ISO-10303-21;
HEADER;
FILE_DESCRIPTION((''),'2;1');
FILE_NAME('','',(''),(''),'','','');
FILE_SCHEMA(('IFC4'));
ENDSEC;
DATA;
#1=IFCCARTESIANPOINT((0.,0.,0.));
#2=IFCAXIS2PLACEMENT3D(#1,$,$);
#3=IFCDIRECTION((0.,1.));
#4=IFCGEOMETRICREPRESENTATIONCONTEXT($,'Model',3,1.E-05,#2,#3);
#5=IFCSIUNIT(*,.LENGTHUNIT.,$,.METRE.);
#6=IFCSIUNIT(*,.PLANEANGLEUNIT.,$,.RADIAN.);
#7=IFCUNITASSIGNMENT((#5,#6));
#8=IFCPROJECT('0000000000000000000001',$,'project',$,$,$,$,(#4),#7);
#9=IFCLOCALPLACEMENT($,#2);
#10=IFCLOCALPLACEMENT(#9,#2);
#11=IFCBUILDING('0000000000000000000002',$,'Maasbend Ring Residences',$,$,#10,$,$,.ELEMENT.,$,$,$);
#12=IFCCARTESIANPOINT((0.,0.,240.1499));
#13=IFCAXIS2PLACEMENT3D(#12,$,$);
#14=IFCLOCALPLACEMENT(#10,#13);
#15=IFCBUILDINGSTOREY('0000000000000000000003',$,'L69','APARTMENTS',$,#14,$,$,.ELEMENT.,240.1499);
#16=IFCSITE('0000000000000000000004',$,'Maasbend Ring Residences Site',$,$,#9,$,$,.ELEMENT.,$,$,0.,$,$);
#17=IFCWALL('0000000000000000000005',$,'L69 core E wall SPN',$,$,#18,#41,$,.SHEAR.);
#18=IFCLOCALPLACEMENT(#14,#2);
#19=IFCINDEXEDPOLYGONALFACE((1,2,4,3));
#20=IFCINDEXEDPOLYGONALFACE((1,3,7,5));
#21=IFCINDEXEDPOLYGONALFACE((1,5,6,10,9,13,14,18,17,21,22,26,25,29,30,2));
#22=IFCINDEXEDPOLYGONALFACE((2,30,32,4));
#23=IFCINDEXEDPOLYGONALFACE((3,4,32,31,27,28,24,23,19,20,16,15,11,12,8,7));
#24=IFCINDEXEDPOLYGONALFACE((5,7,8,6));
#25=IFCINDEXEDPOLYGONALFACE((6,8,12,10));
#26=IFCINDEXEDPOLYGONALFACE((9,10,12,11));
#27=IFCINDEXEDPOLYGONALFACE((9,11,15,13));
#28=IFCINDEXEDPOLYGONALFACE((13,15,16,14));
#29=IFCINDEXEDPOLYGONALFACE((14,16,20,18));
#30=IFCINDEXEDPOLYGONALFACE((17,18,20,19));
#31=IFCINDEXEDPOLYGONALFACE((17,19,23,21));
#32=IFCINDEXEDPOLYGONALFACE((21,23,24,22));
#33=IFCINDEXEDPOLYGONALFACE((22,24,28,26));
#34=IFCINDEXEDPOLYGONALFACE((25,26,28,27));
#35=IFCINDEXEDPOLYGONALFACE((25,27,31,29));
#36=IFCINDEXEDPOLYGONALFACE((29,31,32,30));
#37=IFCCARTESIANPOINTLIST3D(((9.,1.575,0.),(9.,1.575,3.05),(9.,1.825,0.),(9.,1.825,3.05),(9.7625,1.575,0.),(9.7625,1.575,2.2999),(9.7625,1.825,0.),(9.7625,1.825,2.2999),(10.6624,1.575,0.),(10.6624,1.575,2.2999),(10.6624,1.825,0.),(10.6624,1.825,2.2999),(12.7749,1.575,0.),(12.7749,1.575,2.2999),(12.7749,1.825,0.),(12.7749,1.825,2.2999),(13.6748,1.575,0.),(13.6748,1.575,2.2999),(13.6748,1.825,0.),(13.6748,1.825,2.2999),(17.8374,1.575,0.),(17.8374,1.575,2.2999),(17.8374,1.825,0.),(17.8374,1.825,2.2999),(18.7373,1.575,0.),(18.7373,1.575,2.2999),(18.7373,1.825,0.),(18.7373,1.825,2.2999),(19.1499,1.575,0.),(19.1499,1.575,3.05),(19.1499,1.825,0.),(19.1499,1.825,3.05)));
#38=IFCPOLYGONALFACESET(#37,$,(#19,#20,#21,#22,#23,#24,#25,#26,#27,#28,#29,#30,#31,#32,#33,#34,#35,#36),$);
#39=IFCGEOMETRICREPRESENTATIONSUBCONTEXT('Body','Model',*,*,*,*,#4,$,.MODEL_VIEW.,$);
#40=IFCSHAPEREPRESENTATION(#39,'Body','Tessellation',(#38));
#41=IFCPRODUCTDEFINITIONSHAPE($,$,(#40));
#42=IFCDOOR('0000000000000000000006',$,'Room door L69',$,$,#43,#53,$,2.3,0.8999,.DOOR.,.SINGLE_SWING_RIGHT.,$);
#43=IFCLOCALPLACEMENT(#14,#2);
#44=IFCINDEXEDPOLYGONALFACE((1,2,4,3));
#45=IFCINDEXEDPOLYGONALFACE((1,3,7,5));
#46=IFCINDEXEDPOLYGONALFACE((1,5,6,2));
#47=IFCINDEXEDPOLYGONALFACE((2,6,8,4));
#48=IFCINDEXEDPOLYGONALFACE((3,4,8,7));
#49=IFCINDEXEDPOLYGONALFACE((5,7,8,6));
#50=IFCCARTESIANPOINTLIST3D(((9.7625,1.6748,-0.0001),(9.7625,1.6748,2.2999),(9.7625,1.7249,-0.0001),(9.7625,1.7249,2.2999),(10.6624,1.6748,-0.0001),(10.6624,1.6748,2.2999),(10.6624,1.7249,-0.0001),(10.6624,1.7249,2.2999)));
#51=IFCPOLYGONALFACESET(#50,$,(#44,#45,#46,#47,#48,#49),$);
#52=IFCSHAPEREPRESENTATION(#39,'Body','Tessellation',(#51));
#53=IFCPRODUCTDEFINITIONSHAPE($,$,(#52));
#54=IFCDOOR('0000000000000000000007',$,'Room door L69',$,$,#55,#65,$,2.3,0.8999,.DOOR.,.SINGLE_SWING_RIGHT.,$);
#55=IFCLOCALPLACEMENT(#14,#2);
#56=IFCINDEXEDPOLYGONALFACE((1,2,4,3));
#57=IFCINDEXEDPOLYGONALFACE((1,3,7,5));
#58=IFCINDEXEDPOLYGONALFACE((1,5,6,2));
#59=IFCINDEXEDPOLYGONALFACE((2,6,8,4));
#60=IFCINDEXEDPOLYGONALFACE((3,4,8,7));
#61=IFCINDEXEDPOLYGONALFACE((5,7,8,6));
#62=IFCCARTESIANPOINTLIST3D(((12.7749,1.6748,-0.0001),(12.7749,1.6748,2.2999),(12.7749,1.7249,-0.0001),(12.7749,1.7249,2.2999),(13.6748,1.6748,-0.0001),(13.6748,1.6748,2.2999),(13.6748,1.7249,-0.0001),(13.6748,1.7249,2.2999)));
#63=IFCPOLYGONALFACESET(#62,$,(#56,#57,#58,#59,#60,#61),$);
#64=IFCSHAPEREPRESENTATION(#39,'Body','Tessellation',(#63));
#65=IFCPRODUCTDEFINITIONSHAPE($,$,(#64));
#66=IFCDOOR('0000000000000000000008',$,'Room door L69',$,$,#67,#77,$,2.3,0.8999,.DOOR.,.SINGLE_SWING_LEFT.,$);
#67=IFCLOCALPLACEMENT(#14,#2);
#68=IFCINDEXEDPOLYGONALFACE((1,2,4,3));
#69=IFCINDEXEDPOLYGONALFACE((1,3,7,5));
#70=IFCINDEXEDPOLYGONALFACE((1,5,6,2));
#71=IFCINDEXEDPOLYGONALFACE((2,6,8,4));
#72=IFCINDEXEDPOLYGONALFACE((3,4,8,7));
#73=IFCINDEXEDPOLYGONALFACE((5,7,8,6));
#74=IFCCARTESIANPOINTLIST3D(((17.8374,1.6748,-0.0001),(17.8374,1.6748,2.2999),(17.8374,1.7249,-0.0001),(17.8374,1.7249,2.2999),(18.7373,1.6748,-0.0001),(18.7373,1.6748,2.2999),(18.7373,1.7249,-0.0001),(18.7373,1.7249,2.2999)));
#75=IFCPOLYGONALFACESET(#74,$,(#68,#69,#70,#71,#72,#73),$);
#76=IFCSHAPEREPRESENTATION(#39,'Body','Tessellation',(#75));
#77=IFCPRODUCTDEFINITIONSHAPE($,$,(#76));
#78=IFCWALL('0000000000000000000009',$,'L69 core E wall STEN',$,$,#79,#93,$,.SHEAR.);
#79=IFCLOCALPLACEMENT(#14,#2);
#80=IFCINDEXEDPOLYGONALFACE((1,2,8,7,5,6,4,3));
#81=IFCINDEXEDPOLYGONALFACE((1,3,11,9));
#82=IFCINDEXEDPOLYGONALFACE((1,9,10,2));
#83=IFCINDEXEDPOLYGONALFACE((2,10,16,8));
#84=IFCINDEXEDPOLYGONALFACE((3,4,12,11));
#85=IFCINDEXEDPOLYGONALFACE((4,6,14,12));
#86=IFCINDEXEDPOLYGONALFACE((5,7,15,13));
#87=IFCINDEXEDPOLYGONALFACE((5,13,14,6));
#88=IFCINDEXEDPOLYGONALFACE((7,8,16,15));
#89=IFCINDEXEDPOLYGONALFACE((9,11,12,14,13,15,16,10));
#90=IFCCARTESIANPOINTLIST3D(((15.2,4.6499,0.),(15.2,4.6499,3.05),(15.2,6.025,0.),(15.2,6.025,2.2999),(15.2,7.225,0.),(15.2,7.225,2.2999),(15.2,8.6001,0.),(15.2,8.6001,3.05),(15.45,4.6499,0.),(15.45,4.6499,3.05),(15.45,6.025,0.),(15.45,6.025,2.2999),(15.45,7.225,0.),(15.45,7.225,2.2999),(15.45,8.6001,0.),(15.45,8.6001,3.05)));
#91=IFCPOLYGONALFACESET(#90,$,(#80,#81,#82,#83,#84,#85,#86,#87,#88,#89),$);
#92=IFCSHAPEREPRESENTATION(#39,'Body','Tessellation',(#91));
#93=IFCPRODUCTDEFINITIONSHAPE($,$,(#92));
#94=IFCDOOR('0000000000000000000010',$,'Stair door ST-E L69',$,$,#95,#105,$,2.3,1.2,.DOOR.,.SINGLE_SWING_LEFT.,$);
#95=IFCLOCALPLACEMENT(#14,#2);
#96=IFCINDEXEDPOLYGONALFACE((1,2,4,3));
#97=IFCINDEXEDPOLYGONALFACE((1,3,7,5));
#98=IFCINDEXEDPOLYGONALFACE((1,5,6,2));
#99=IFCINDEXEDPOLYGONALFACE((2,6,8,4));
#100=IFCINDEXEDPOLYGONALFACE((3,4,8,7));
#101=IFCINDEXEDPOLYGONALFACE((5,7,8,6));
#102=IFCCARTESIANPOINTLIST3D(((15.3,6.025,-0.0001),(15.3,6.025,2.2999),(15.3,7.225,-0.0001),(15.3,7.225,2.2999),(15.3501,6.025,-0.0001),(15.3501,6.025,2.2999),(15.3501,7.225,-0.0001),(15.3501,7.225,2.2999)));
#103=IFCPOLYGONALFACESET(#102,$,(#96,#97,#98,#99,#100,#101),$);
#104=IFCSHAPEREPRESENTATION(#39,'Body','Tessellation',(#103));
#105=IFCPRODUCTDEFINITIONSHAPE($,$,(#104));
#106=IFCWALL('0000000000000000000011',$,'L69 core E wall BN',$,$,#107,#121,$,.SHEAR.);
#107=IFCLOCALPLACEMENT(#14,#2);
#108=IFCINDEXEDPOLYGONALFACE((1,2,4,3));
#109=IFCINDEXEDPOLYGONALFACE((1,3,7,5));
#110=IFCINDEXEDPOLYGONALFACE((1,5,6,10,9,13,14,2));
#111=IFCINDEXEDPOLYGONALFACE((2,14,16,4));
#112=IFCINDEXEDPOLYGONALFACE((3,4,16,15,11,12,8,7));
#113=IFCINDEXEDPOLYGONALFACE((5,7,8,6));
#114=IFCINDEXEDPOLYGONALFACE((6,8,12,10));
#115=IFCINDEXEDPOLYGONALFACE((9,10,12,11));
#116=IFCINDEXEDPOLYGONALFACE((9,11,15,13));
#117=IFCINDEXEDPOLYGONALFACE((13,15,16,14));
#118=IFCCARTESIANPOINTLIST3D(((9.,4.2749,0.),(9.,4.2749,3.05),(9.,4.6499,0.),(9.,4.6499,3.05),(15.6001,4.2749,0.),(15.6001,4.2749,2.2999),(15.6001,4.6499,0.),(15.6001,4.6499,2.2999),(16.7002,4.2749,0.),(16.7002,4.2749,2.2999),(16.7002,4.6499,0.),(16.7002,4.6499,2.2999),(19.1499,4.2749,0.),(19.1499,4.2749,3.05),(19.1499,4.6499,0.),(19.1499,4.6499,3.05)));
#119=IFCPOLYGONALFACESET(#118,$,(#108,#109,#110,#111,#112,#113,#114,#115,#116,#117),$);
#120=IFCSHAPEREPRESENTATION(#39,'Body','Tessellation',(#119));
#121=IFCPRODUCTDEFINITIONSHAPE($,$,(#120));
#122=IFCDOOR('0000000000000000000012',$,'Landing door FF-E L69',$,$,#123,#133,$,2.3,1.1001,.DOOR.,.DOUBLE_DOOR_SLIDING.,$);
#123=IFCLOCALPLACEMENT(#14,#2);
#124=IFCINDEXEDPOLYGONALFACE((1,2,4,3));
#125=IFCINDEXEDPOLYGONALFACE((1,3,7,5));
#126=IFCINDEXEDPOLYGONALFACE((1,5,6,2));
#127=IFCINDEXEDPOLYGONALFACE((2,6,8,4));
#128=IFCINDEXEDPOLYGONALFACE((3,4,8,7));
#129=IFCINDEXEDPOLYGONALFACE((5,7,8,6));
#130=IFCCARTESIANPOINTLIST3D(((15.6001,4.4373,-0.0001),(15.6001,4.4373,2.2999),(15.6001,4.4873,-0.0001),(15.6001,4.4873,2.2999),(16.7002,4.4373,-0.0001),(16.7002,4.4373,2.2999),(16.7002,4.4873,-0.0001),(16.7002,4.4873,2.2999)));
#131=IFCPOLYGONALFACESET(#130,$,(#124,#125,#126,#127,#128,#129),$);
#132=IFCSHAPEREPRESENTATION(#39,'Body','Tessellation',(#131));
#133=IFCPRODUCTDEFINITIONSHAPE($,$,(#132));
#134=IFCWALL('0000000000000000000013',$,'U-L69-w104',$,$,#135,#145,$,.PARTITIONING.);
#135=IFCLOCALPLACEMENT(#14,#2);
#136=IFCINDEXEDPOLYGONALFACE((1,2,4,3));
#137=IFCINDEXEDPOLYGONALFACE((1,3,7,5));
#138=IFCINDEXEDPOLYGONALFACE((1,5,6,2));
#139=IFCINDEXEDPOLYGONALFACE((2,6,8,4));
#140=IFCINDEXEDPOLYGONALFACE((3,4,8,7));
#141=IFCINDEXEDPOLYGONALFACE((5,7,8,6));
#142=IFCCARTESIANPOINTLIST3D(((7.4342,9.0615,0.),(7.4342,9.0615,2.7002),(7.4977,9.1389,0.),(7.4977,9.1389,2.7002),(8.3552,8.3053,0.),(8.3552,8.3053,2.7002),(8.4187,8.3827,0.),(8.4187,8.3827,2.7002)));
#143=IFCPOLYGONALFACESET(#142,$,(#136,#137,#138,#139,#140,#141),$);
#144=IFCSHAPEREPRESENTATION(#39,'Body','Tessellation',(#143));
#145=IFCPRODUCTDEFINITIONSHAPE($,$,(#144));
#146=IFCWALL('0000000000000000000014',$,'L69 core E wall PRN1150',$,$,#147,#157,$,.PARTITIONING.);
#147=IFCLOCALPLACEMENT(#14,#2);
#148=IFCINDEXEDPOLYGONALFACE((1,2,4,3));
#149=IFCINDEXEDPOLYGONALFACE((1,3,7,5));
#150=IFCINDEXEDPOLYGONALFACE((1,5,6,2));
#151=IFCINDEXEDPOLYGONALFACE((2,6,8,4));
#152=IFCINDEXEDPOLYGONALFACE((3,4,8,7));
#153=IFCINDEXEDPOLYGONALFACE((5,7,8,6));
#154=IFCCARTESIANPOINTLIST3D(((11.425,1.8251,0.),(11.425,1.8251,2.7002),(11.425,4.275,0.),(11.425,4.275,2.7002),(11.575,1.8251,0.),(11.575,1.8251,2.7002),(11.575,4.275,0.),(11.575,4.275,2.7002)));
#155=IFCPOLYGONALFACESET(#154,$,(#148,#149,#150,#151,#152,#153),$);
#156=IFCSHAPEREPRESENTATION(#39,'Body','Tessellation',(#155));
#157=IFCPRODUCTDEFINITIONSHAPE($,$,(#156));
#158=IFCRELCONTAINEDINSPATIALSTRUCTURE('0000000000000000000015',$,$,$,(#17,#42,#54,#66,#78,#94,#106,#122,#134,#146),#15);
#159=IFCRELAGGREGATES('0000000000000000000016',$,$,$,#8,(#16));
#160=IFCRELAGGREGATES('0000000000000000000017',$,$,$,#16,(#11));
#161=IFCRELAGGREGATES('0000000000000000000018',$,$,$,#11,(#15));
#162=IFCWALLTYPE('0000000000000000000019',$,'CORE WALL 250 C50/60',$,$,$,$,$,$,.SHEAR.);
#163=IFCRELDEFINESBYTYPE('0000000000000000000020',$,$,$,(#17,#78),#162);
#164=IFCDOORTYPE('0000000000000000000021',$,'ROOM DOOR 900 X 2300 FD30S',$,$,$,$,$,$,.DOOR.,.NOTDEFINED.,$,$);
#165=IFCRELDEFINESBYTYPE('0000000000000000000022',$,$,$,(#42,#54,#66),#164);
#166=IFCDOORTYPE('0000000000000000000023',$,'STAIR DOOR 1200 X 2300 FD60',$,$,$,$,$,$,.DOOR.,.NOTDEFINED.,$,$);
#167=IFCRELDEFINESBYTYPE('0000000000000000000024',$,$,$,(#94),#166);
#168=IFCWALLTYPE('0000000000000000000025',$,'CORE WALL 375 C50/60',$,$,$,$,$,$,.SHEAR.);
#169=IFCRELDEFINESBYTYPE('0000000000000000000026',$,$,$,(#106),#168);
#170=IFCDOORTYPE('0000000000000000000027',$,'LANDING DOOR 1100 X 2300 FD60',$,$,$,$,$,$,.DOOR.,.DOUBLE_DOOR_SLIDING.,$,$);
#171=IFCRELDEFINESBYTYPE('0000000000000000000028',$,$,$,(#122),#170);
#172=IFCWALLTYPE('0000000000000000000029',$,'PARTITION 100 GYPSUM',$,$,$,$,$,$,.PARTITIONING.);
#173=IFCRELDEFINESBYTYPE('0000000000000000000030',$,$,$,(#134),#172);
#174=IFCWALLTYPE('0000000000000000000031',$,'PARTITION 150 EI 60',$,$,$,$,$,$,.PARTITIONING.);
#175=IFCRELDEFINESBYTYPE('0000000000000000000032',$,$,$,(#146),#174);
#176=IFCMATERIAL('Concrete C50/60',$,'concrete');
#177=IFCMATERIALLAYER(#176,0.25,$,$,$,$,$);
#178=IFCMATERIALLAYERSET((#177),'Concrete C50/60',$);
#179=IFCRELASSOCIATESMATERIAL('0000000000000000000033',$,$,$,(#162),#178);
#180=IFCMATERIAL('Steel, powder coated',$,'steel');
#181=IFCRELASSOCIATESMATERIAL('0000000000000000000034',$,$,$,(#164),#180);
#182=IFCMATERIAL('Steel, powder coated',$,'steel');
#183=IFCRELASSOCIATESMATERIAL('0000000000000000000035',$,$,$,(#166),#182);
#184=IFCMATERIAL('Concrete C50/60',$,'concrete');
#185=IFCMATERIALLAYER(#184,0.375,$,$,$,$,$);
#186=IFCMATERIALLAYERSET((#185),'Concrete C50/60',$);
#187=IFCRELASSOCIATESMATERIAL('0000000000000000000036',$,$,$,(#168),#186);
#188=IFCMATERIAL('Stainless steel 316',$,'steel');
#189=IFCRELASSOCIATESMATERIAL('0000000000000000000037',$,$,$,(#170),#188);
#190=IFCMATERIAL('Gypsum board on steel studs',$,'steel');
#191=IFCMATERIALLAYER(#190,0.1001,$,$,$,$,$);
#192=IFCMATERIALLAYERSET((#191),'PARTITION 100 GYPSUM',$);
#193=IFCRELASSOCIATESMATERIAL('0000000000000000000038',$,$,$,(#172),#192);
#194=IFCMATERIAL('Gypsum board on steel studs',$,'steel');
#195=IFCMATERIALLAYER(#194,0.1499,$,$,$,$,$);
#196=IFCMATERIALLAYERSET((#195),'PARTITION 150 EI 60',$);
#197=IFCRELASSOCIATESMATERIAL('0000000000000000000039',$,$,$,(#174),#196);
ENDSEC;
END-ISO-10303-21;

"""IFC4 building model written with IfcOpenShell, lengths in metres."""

from ifc_helpers import new_model, si_unit, direction, frame, frame_2d, origin, place, context, subcontext, project, spatial, rectangle, extrude, material, layer, layer_set, type_object, element, fill, save


model = new_model("IFC4")

# Units and contexts
model_context = context("Model", 3, precision=1e-05, world=origin(), true_north=direction((0.0, 1.0)))
body_context = subcontext(model_context, "Body", "Model", "MODEL_VIEW")
ifc_project = project(units=[si_unit("LENGTHUNIT", "METRE"), si_unit("PLANEANGLEUNIT", "RADIAN")], contexts=[model_context])

# Site, building, storey
site_placement = place(None, origin())
site = spatial("IfcSite", under=ifc_project, at=site_placement, Name="Maasbend Ring Residences Site", CompositionType="ELEMENT", RefElevation=0.0)
building_placement = place(site_placement, origin())
building = spatial("IfcBuilding", under=site, at=building_placement, Name="Maasbend Ring Residences", CompositionType="ELEMENT")
storey_placement = place(building_placement, frame((0.0, 0.0, 240.1499)))
storey = spatial("IfcBuildingStorey", under=building, at=storey_placement, Name="L69", Description="APARTMENTS", CompositionType="ELEMENT", Elevation=240.1499)

# Wall, openings, doors
ifc_material_1 = material(Name="Concrete C50/60", Category="concrete")
ifc_layer_1 = layer(ifc_material_1, 0.25)
ifc_layer_set_1 = layer_set([ifc_layer_1], Name="Concrete C50/60")
wall_type_1 = type_object("IfcWallType", Name="CORE WALL 250 C50/60", PredefinedType="SHEAR", material=ifc_layer_set_1)
wall_1_placement = place(storey_placement, frame((9.0, 1.7, 0.0), z_axis=(0.0, 0.0, 1.0), x_axis=(1.0, 0.0, 0.0)))
wall_1 = element("IfcWall", 1, at=wall_1_placement, inside=storey, type_object=wall_type_1, Name="L69 core E wall SPN", PredefinedType="SHEAR", context=body_context, shape_type="SweptSolid", body=[
    extrude(rectangle(XDim=10.1499, YDim=0.25, at=frame_2d((5.075, 0.0))), origin(), (0.0, 0.0, 1.0), 3.05),
])
opening_1_placement = place(wall_1_placement, frame((0.7625, 0.0, 0.0)))
opening_1 = element("IfcOpeningElement", 2, at=opening_1_placement, cuts=wall_1, PredefinedType="OPENING", context=body_context, shape_type="SweptSolid", body=[
    extrude(rectangle(XDim=0.8999, YDim=2.3, at=frame_2d((0.45, 1.1499))), frame((0.0, 0.135, 0.0), z_axis=(0.0, -1.0, 0.0), x_axis=(1.0, 0.0, 0.0)), (0.0, 0.0, 1.0), 0.27),
])
opening_2_placement = place(wall_1_placement, frame((3.7749, 0.0, 0.0)))
opening_2 = element("IfcOpeningElement", 3, at=opening_2_placement, cuts=wall_1, PredefinedType="OPENING", context=body_context, shape_type="SweptSolid", body=[
    extrude(rectangle(XDim=0.8999, YDim=2.3, at=frame_2d((0.45, 1.1499))), frame((0.0, 0.135, 0.0), z_axis=(0.0, -1.0, 0.0), x_axis=(1.0, 0.0, 0.0)), (0.0, 0.0, 1.0), 0.27),
])
opening_3_placement = place(wall_1_placement, frame((8.8374, 0.0, 0.0)))
opening_3 = element("IfcOpeningElement", 4, at=opening_3_placement, cuts=wall_1, PredefinedType="OPENING", context=body_context, shape_type="SweptSolid", body=[
    extrude(rectangle(XDim=0.8999, YDim=2.3, at=frame_2d((0.45, 1.1499))), frame((0.0, 0.135, 0.0), z_axis=(0.0, -1.0, 0.0), x_axis=(1.0, 0.0, 0.0)), (0.0, 0.0, 1.0), 0.27),
])
ifc_material_2 = material(Name="Steel, powder coated", Category="steel")
door_type_1 = type_object("IfcDoorType", Name="ROOM DOOR 900 X 2300 FD30S", OperationType="NOTDEFINED", PredefinedType="DOOR", material=ifc_material_2)
door_1_placement = place(opening_1_placement, origin())
door_1 = element("IfcDoor", 5, at=door_1_placement, inside=storey, type_object=door_type_1, Name="Room door L69", OperationType="SINGLE_SWING_RIGHT", OverallHeight=2.3, OverallWidth=0.8999, PredefinedType="DOOR", context=body_context, shape_type="SweptSolid", body=[
    extrude(rectangle(XDim=0.8999, YDim=2.3, at=frame_2d((0.45, 1.1499))), frame((0.0, 0.0249, 0.0), z_axis=(0.0, -1.0, 0.0), x_axis=(1.0, 0.0, 0.0)), (0.0, 0.0, 1.0), 0.05),
])
fill(opening_1, door_1)
door_2_placement = place(opening_2_placement, origin())
door_2 = element("IfcDoor", 6, at=door_2_placement, inside=storey, type_object=door_type_1, Name="Room door L69", OperationType="SINGLE_SWING_RIGHT", OverallHeight=2.3, OverallWidth=0.8999, PredefinedType="DOOR", context=body_context, shape_type="SweptSolid", body=[
    extrude(rectangle(XDim=0.8999, YDim=2.3, at=frame_2d((0.45, 1.1499))), frame((0.0, 0.0249, 0.0), z_axis=(0.0, -1.0, 0.0), x_axis=(1.0, 0.0, 0.0)), (0.0, 0.0, 1.0), 0.05),
])
fill(opening_2, door_2)
door_3_placement = place(opening_3_placement, origin())
door_3 = element("IfcDoor", 7, at=door_3_placement, inside=storey, type_object=door_type_1, Name="Room door L69", OperationType="SINGLE_SWING_LEFT", OverallHeight=2.3, OverallWidth=0.8999, PredefinedType="DOOR", context=body_context, shape_type="SweptSolid", body=[
    extrude(rectangle(XDim=0.8999, YDim=2.3, at=frame_2d((0.45, 1.1499))), frame((0.0, 0.0249, 0.0), z_axis=(0.0, -1.0, 0.0), x_axis=(1.0, 0.0, 0.0)), (0.0, 0.0, 1.0), 0.05),
])
fill(opening_3, door_3)

# Walls, openings, doors
wall_2_placement = place(storey_placement, frame((15.325, 4.6499, 0.0), z_axis=(0.0, 0.0, 1.0), x_axis=(0.0, 1.0, 0.0)))
wall_2 = element("IfcWall", 8, at=wall_2_placement, inside=storey, type_object=wall_type_1, Name="L69 core E wall STEN", PredefinedType="SHEAR", context=body_context, shape_type="SweptSolid", body=[
    extrude(rectangle(XDim=3.9502, YDim=0.25, at=frame_2d((1.9751, 0.0))), origin(), (0.0, 0.0, 1.0), 3.05),
])
opening_4_placement = place(wall_2_placement, frame((1.375, 0.0, 0.0)))
opening_4 = element("IfcOpeningElement", 9, at=opening_4_placement, cuts=wall_2, PredefinedType="OPENING", context=body_context, shape_type="SweptSolid", body=[
    extrude(rectangle(XDim=1.2, YDim=2.3, at=frame_2d((0.6001, 1.1499))), frame((0.0, 0.135, 0.0), z_axis=(0.0, -1.0, 0.0), x_axis=(1.0, 0.0, 0.0)), (0.0, 0.0, 1.0), 0.27),
])
ifc_material_3 = material(Name="Steel, powder coated", Category="steel")
door_type_2 = type_object("IfcDoorType", Name="STAIR DOOR 1200 X 2300 FD60", OperationType="NOTDEFINED", PredefinedType="DOOR", material=ifc_material_3)
door_4_placement = place(opening_4_placement, origin())
door_4 = element("IfcDoor", 10, at=door_4_placement, inside=storey, type_object=door_type_2, Name="Stair door ST-E L69", OperationType="SINGLE_SWING_LEFT", OverallHeight=2.3, OverallWidth=1.2, PredefinedType="DOOR", context=body_context, shape_type="SweptSolid", body=[
    extrude(rectangle(XDim=1.2, YDim=2.3, at=frame_2d((0.6001, 1.1499))), frame((0.0, 0.0249, 0.0), z_axis=(0.0, -1.0, 0.0), x_axis=(1.0, 0.0, 0.0)), (0.0, 0.0, 1.0), 0.05),
])
fill(opening_4, door_4)
ifc_material_4 = material(Name="Concrete C50/60", Category="concrete")
ifc_layer_2 = layer(ifc_material_4, 0.375)
ifc_layer_set_2 = layer_set([ifc_layer_2], Name="Concrete C50/60")
wall_type_2 = type_object("IfcWallType", Name="CORE WALL 375 C50/60", PredefinedType="SHEAR", material=ifc_layer_set_2)
wall_3_placement = place(storey_placement, frame((9.0, 4.4624, 0.0), z_axis=(0.0, 0.0, 1.0), x_axis=(1.0, 0.0, 0.0)))
wall_3 = element("IfcWall", 11, at=wall_3_placement, inside=storey, type_object=wall_type_2, Name="L69 core E wall BN", PredefinedType="SHEAR", context=body_context, shape_type="SweptSolid", body=[
    extrude(rectangle(XDim=10.1499, YDim=0.375, at=frame_2d((5.075, 0.0))), origin(), (0.0, 0.0, 1.0), 3.05),
])
opening_5_placement = place(wall_3_placement, frame((6.6001, 0.0, 0.0)))
opening_5 = element("IfcOpeningElement", 12, at=opening_5_placement, cuts=wall_3, PredefinedType="OPENING", context=body_context, shape_type="SweptSolid", body=[
    extrude(rectangle(XDim=1.1001, YDim=2.3, at=frame_2d((0.55, 1.1499))), frame((0.0, 0.1975, 0.0), z_axis=(0.0, -1.0, 0.0), x_axis=(1.0, 0.0, 0.0)), (0.0, 0.0, 1.0), 0.395),
])
ifc_material_5 = material(Name="Stainless steel 316", Category="steel")
door_type_3 = type_object("IfcDoorType", Name="LANDING DOOR 1100 X 2300 FD60", OperationType="DOUBLE_DOOR_SLIDING", PredefinedType="DOOR", material=ifc_material_5)
door_5_placement = place(opening_5_placement, origin())
door_5 = element("IfcDoor", 13, at=door_5_placement, inside=storey, type_object=door_type_3, Name="Landing door FF-E L69", OperationType="DOUBLE_DOOR_SLIDING", OverallHeight=2.3, OverallWidth=1.1001, PredefinedType="DOOR", context=body_context, shape_type="SweptSolid", body=[
    extrude(rectangle(XDim=1.1001, YDim=2.3, at=frame_2d((0.55, 1.1499))), frame((0.0, 0.0249, 0.0), z_axis=(0.0, -1.0, 0.0), x_axis=(1.0, 0.0, 0.0)), (0.0, 0.0, 1.0), 0.05),
])
fill(opening_5, door_5)

# Walls
ifc_material_6 = material(Name="Gypsum board on steel studs", Category="steel")
ifc_layer_3 = layer(ifc_material_6, 0.1001)
ifc_layer_set_3 = layer_set([ifc_layer_3], Name="PARTITION 100 GYPSUM")
wall_type_3 = type_object("IfcWallType", Name="PARTITION 100 GYPSUM", PredefinedType="PARTITIONING", material=ifc_layer_set_3)
wall_4_placement = place(storey_placement, frame((7.4661, 9.1001, 0.0), z_axis=(0.0, 0.0, 1.0), x_axis=(0.77287, -0.634565, 0.0)))
element("IfcWall", 14, at=wall_4_placement, inside=storey, type_object=wall_type_3, Name="U-L69-w104", PredefinedType="PARTITIONING", context=body_context, shape_type="SweptSolid", body=[
    extrude(rectangle(XDim=1.1917, YDim=0.1001, at=frame_2d((0.5957, 0.0))), origin(), (0.0, 0.0, 1.0), 2.7002),
])
ifc_material_7 = material(Name="Gypsum board on steel studs", Category="steel")
ifc_layer_4 = layer(ifc_material_7, 0.1499)
ifc_layer_set_4 = layer_set([ifc_layer_4], Name="PARTITION 150 EI 60")
wall_type_4 = type_object("IfcWallType", Name="PARTITION 150 EI 60", PredefinedType="PARTITIONING", material=ifc_layer_set_4)
wall_5_placement = place(storey_placement, frame((11.5, 1.825, 0.0), z_axis=(0.0, 0.0, 1.0), x_axis=(0.0, 1.0, 0.0)))
element("IfcWall", 15, at=wall_5_placement, inside=storey, type_object=wall_type_4, Name="L69 core E wall PRN1150", PredefinedType="PARTITIONING", context=body_context, shape_type="SweptSolid", body=[
    extrude(rectangle(XDim=2.45, YDim=0.1499, at=frame_2d((1.2251, 0.0))), origin(), (0.0, 0.0, 1.0), 2.7002),
])

save(model, "model.ifc")
